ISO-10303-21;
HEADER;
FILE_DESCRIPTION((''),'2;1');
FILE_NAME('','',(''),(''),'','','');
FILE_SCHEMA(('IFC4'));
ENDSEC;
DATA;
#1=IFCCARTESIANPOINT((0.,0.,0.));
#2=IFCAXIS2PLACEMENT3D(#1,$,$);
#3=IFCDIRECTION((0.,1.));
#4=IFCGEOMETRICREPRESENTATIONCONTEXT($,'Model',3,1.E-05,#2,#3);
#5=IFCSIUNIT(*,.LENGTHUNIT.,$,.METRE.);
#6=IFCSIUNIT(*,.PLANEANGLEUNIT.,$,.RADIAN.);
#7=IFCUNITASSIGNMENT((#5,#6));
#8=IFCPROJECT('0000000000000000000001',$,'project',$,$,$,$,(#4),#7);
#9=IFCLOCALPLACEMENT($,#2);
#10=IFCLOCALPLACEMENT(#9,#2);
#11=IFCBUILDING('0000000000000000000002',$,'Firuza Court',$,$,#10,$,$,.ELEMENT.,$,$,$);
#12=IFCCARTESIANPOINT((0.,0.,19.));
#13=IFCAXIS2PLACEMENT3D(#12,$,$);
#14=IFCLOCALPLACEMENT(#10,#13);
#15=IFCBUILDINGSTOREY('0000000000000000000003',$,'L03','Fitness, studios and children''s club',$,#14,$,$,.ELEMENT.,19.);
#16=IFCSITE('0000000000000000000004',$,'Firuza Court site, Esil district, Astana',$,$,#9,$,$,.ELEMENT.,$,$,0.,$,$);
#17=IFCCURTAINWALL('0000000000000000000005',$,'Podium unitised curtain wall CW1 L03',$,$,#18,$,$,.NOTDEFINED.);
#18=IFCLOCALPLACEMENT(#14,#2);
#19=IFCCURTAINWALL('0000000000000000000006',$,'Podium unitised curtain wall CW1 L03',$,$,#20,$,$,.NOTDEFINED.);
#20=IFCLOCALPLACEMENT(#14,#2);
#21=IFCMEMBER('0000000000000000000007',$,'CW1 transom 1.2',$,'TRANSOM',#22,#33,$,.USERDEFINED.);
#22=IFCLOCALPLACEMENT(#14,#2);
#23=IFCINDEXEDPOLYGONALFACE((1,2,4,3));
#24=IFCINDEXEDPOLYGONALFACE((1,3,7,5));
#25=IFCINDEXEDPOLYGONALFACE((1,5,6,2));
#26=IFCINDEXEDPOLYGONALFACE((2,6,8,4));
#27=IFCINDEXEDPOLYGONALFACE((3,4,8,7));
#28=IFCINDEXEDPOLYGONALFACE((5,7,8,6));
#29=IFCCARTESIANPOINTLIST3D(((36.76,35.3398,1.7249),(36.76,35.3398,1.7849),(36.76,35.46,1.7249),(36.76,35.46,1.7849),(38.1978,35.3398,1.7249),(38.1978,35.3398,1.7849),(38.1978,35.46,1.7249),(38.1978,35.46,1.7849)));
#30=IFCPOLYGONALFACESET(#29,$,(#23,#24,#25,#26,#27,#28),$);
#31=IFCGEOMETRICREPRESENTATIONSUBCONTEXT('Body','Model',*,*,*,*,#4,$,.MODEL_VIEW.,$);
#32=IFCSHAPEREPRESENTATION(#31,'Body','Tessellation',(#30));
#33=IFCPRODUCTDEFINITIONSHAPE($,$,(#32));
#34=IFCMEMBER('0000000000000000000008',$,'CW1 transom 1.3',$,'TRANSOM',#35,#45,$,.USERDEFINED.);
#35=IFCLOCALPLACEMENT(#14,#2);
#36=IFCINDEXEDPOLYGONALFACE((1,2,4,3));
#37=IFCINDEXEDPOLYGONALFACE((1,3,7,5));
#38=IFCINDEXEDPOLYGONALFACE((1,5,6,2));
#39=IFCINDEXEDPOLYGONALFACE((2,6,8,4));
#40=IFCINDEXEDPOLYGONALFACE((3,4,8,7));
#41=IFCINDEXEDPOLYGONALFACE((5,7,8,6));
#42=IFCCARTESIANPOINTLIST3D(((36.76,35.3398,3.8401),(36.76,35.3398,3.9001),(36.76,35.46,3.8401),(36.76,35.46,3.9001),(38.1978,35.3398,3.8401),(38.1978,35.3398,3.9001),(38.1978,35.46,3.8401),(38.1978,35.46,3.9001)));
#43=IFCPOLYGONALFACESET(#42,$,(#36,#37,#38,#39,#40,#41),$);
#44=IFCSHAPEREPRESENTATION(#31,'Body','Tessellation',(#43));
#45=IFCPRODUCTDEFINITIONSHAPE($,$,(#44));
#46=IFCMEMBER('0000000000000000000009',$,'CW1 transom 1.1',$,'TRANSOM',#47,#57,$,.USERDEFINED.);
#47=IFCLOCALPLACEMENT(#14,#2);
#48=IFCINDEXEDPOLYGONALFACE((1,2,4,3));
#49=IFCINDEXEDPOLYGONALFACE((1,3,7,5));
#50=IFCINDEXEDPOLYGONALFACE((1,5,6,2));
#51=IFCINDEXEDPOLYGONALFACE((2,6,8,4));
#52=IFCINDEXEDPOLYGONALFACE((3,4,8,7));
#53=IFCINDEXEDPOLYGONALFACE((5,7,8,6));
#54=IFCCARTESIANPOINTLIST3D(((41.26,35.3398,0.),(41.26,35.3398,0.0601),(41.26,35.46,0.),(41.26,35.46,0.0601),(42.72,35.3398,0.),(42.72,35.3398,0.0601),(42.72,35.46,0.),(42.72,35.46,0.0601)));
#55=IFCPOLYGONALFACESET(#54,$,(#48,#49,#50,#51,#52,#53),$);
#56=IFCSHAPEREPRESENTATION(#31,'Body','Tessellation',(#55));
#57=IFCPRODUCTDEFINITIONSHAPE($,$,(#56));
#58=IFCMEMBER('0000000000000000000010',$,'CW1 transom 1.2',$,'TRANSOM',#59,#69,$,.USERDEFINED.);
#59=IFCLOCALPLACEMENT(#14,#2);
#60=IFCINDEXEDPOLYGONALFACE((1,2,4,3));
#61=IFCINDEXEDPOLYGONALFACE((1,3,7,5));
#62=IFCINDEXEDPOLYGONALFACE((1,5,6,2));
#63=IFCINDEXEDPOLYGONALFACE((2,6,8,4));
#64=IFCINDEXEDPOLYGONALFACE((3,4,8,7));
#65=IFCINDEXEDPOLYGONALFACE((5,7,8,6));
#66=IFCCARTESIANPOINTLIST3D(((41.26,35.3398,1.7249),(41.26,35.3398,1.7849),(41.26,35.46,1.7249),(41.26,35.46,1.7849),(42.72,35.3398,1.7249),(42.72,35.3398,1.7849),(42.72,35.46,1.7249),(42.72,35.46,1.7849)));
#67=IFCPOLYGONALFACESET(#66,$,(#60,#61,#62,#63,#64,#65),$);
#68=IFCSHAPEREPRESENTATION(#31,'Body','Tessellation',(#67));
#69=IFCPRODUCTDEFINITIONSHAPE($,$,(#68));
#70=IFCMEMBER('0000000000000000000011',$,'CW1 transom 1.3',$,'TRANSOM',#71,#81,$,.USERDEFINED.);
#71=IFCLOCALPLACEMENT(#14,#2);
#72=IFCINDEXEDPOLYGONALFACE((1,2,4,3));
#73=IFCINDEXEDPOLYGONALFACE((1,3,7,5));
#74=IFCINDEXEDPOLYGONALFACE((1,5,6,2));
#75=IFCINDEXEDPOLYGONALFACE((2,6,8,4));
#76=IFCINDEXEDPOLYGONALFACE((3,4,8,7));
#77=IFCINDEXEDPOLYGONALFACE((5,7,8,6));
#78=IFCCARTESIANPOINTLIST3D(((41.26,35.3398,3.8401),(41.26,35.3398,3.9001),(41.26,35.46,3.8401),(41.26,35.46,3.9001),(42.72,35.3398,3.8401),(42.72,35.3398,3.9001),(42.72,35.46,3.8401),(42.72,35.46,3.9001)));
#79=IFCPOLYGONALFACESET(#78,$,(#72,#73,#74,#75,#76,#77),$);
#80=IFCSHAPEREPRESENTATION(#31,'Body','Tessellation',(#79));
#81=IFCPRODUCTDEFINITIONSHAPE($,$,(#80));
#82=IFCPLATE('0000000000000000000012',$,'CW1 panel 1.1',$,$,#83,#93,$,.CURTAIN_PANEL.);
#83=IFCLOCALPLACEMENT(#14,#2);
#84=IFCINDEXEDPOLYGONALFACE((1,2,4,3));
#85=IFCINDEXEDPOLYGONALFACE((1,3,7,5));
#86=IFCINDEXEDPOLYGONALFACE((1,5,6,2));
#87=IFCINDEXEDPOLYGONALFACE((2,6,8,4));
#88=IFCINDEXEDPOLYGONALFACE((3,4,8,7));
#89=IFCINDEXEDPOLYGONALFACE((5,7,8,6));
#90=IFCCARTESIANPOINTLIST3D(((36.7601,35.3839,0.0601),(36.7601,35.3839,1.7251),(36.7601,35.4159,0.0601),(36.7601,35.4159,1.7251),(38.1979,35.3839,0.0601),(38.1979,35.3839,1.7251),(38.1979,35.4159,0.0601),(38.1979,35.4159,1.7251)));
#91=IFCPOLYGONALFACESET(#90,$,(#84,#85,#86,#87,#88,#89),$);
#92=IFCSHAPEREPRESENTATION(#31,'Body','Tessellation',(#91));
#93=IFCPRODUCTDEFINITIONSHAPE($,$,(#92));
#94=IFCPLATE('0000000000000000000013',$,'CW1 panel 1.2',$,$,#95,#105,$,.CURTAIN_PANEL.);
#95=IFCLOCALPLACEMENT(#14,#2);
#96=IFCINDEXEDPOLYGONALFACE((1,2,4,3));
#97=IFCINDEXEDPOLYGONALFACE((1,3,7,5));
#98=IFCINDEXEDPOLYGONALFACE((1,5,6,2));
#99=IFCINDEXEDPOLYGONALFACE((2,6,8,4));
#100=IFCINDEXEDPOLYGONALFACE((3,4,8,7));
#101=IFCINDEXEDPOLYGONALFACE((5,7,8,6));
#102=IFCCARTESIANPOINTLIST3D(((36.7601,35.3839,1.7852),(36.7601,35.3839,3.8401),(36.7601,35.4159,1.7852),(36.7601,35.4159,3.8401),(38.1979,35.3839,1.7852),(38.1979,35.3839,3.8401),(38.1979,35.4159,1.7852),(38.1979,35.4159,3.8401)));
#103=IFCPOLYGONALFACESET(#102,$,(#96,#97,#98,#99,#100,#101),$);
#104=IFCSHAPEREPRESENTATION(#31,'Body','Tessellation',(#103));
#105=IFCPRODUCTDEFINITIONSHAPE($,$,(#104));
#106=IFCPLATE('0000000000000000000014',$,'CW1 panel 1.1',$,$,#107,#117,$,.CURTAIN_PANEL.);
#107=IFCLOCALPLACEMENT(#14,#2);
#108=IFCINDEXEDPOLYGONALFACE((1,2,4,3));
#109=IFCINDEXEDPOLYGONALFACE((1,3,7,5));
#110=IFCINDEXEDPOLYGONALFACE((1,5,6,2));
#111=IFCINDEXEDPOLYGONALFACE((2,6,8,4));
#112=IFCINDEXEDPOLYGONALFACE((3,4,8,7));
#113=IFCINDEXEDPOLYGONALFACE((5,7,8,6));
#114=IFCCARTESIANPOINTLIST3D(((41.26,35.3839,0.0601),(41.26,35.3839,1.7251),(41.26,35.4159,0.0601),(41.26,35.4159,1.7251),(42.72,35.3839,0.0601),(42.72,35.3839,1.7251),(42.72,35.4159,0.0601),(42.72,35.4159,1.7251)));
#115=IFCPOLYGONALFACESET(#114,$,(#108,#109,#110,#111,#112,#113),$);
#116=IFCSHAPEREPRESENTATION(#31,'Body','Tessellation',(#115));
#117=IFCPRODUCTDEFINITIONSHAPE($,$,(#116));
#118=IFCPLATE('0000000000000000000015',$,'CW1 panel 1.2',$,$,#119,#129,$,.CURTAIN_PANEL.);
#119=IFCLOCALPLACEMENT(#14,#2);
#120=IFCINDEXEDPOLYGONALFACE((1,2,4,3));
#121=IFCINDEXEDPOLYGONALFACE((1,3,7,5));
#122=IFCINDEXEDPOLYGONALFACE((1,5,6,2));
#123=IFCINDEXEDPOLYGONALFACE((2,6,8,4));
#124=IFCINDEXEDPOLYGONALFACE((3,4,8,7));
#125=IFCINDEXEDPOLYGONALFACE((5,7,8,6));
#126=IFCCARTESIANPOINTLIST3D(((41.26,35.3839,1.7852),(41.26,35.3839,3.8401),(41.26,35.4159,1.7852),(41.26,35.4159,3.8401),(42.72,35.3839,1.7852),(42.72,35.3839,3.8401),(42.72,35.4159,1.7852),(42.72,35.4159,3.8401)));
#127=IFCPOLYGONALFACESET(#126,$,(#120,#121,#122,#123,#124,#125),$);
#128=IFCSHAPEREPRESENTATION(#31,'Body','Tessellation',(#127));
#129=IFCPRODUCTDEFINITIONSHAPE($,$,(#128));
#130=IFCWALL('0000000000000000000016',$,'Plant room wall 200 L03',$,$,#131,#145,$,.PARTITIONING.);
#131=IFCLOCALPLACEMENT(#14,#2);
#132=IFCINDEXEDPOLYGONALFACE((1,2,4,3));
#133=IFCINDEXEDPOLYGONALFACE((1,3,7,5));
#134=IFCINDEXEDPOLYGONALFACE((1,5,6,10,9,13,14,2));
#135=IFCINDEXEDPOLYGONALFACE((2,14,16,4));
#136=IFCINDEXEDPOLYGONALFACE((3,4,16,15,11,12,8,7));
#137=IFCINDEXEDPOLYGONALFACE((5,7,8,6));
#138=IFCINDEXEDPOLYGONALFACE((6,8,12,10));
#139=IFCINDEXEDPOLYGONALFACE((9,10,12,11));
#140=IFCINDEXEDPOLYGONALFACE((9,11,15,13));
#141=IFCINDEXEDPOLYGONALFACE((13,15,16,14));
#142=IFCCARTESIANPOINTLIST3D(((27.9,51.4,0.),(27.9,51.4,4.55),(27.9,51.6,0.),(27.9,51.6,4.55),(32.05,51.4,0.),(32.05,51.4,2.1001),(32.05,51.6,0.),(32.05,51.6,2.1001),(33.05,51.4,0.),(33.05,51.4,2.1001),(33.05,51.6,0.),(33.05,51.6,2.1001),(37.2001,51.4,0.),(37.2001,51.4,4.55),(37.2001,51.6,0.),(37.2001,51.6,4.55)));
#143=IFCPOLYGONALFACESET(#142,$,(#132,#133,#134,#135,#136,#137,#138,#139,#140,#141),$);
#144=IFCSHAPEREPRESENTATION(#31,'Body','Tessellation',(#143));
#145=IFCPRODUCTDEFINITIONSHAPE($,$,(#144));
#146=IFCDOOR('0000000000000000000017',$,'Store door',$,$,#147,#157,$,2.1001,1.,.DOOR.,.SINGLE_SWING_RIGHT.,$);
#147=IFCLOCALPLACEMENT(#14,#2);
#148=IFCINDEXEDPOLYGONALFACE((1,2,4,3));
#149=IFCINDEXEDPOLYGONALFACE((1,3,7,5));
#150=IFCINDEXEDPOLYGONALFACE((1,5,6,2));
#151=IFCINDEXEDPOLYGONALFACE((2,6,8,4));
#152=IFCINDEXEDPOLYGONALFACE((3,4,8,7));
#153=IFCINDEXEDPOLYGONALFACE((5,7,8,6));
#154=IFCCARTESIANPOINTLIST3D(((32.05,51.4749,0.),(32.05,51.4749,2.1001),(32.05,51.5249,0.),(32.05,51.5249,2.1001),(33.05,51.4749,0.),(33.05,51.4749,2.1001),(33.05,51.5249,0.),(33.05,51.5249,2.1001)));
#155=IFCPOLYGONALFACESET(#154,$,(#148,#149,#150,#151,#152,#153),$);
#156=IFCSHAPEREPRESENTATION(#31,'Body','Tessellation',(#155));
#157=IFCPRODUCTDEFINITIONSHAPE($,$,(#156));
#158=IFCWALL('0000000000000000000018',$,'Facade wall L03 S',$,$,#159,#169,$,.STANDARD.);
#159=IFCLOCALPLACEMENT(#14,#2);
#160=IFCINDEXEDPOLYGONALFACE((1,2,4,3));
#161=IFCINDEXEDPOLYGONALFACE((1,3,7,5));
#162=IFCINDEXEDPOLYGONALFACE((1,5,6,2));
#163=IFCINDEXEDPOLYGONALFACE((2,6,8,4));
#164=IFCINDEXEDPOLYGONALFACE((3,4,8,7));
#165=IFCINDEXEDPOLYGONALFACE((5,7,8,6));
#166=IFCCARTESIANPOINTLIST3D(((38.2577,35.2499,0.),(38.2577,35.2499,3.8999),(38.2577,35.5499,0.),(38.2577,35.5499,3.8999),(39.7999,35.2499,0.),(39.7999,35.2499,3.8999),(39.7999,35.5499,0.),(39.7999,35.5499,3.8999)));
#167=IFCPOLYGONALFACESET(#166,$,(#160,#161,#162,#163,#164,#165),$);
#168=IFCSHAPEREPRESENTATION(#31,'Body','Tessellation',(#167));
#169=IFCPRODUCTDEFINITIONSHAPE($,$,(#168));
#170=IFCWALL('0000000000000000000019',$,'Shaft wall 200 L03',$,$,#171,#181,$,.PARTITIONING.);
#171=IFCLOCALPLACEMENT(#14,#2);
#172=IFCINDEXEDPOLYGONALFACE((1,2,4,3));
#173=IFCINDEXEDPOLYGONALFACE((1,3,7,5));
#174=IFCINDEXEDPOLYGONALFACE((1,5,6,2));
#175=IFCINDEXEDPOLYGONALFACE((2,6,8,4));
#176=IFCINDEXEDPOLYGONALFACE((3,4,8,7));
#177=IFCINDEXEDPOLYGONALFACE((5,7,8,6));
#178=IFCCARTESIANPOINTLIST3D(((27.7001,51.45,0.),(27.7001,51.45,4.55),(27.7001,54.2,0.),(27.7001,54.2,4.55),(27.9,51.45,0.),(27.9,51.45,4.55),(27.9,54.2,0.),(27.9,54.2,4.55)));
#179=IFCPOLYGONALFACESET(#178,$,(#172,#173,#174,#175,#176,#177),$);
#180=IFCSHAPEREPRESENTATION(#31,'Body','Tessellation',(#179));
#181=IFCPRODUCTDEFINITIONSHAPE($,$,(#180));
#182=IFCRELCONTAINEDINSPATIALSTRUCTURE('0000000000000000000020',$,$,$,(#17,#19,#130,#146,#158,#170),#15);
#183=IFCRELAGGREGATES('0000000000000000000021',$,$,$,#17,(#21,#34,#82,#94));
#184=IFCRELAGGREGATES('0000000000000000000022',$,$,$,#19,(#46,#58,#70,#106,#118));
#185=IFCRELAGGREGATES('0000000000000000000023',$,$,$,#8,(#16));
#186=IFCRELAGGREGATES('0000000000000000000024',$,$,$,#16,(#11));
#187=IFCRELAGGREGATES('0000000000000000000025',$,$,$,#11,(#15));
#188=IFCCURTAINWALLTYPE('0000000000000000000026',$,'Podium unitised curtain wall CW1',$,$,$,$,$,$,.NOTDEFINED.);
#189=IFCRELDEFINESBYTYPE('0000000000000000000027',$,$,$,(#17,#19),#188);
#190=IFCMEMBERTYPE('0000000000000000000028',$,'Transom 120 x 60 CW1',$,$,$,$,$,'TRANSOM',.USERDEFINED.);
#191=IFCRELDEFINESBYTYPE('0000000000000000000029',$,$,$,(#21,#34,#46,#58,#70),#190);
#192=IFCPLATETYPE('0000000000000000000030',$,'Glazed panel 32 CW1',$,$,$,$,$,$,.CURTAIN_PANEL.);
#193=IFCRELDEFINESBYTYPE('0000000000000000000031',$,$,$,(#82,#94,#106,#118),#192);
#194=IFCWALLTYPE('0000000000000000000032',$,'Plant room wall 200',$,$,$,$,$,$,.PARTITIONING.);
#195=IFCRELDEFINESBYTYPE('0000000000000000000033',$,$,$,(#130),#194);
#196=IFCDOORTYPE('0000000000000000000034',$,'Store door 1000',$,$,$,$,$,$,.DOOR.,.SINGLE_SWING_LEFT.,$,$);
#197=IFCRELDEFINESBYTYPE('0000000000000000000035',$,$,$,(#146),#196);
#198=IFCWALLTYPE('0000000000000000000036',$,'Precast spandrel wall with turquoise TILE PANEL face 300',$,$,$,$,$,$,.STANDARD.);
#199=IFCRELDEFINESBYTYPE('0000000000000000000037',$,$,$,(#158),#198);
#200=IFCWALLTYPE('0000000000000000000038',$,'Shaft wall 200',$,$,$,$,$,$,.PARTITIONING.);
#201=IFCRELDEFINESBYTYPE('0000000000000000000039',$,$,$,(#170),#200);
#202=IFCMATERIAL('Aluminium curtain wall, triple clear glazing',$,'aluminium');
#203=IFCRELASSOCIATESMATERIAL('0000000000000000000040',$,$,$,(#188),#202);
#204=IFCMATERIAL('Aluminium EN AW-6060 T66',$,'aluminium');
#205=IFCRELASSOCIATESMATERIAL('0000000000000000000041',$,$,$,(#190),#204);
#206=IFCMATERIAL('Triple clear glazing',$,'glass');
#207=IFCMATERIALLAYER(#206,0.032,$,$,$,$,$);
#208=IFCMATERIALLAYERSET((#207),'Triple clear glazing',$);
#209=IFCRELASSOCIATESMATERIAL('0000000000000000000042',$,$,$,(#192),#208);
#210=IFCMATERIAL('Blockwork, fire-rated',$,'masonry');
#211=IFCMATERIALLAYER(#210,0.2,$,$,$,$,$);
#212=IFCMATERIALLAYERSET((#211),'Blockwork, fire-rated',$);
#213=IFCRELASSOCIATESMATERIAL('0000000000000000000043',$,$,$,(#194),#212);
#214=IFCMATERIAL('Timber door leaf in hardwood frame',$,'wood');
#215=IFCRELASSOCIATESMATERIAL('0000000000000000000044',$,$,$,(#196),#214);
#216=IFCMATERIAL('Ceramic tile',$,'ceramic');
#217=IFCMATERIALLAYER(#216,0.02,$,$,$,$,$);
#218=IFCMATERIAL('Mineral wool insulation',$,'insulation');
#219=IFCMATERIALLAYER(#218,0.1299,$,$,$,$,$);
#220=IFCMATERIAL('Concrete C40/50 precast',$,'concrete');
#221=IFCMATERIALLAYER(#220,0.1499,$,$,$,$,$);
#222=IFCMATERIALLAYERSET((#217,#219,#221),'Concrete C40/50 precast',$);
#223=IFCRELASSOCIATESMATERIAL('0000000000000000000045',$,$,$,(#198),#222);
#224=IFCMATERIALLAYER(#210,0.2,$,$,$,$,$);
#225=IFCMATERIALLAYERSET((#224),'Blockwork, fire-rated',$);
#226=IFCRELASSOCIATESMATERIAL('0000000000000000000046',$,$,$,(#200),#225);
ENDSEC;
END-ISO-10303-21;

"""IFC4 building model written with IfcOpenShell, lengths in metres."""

from ifc_helpers import new_model, si_unit, direction, frame, frame_2d, origin, origin_2d, place, context, subcontext, project, spatial, rectangle, extrude, material, layer, layer_set, material_profile, profile_set, type_object, element, fill, aggregate, save


model = new_model("IFC4")

# Units and contexts
model_context = context("Model", 3, precision=1e-05, world=origin(), true_north=direction((0.0, 1.0)))
body_context = subcontext(model_context, "Body", "Model", "MODEL_VIEW")
ifc_project = project(units=[si_unit("LENGTHUNIT", "METRE"), si_unit("PLANEANGLEUNIT", "RADIAN")], contexts=[model_context])

# Site, building, storey
site_placement = place(None, origin())
site = spatial("IfcSite", under=ifc_project, at=site_placement, Name="Firuza Court site, Esil district, Astana", CompositionType="ELEMENT", RefElevation=0.0)
building_placement = place(site_placement, origin())
building = spatial("IfcBuilding", under=site, at=building_placement, Name="Firuza Court", CompositionType="ELEMENT")
storey_placement = place(building_placement, frame((0.0, 0.0, 19.0)))
storey = spatial("IfcBuildingStorey", under=building, at=storey_placement, Name="L03", Description="Fitness, studios and children's club", CompositionType="ELEMENT", Elevation=19.0)

# Shared definitions
ifc_material_1 = material(Name="Aluminium curtain wall, triple clear glazing", Category="aluminium")
curtain_wall_type = type_object("IfcCurtainWallType", Name="Podium unitised curtain wall CW1", PredefinedType="NOTDEFINED", material=ifc_material_1)

# Curtain wall
curtain_wall_1_placement = place(storey_placement, origin())
curtain_wall_1 = element("IfcCurtainWall", 1, at=curtain_wall_1_placement, inside=storey, type_object=curtain_wall_type, Name="Podium unitised curtain wall CW1 L03", PredefinedType="NOTDEFINED")

# Curtain wall
curtain_wall_2_placement = place(storey_placement, origin())
curtain_wall_2 = element("IfcCurtainWall", 2, at=curtain_wall_2_placement, inside=storey, type_object=curtain_wall_type, Name="Podium unitised curtain wall CW1 L03", PredefinedType="NOTDEFINED")

# Members
ifc_material_2 = material(Name="Aluminium EN AW-6060 T66", Category="aluminium")
ifc_material_profile_1 = material_profile(ifc_material_2, rectangle(XDim=0.1201, YDim=0.0601, at=origin_2d()), Name="Transom 120 x 60 CW1")
ifc_profile_set_1 = profile_set([ifc_material_profile_1], Name="Aluminium EN AW-6060 T66")
member_type_1 = type_object("IfcMemberType", Name="Transom 120 x 60 CW1", ElementType="TRANSOM", PredefinedType="USERDEFINED", material=ifc_profile_set_1)
member_1_placement = place(storey_placement, frame((36.76, 35.3999, 1.7549), z_axis=(1.0, 0.0, 0.0), x_axis=(0.0, 1.0, 0.0)))
member_1 = element("IfcMember", 3, at=member_1_placement, type_object=member_type_1, Name="CW1 transom 1.2", ObjectType="TRANSOM", PredefinedType="USERDEFINED", context=body_context, shape_type="SweptSolid", body=[
    extrude(rectangle(XDim=0.1201, YDim=0.0601, at=origin_2d()), origin(), (0.0, 0.0, 1.0), 1.4377),
])
member_2_placement = place(storey_placement, frame((36.76, 35.3999, 3.8701), z_axis=(1.0, 0.0, 0.0), x_axis=(0.0, 1.0, 0.0)))
member_2 = element("IfcMember", 4, at=member_2_placement, type_object=member_type_1, Name="CW1 transom 1.3", ObjectType="TRANSOM", PredefinedType="USERDEFINED", context=body_context, shape_type="SweptSolid", body=[
    extrude(rectangle(XDim=0.1201, YDim=0.0601, at=origin_2d()), origin(), (0.0, 0.0, 1.0), 1.4377),
])
member_3_placement = place(storey_placement, frame((41.26, 35.3999, 0.03), z_axis=(1.0, 0.0, 0.0), x_axis=(0.0, 1.0, 0.0)))
member_3 = element("IfcMember", 5, at=member_3_placement, type_object=member_type_1, Name="CW1 transom 1.1", ObjectType="TRANSOM", PredefinedType="USERDEFINED", context=body_context, shape_type="SweptSolid", body=[
    extrude(rectangle(XDim=0.1201, YDim=0.0601, at=origin_2d()), origin(), (0.0, 0.0, 1.0), 1.46),
])
member_4_placement = place(storey_placement, frame((41.26, 35.3999, 1.7549), z_axis=(1.0, 0.0, 0.0), x_axis=(0.0, 1.0, 0.0)))
member_4 = element("IfcMember", 6, at=member_4_placement, type_object=member_type_1, Name="CW1 transom 1.2", ObjectType="TRANSOM", PredefinedType="USERDEFINED", context=body_context, shape_type="SweptSolid", body=[
    extrude(rectangle(XDim=0.1201, YDim=0.0601, at=origin_2d()), origin(), (0.0, 0.0, 1.0), 1.46),
])
member_5_placement = place(storey_placement, frame((41.26, 35.3999, 3.8701), z_axis=(1.0, 0.0, 0.0), x_axis=(0.0, 1.0, 0.0)))
member_5 = element("IfcMember", 7, at=member_5_placement, type_object=member_type_1, Name="CW1 transom 1.3", ObjectType="TRANSOM", PredefinedType="USERDEFINED", context=body_context, shape_type="SweptSolid", body=[
    extrude(rectangle(XDim=0.1201, YDim=0.0601, at=origin_2d()), origin(), (0.0, 0.0, 1.0), 1.46),
])

# Plates
ifc_material_3 = material(Name="Triple clear glazing", Category="glass")
ifc_layer_1 = layer(ifc_material_3, 0.032)
ifc_layer_set_1 = layer_set([ifc_layer_1], Name="Triple clear glazing")
plate_type = type_object("IfcPlateType", Name="Glazed panel 32 CW1", PredefinedType="CURTAIN_PANEL", material=ifc_layer_set_1)
plate_1_placement = place(storey_placement, frame((37.479, 35.3999, 0.0601), z_axis=(0.0, 0.0, 1.0), x_axis=(1.0, 0.0, 0.0)))
plate_1 = element("IfcPlate", 8, at=plate_1_placement, type_object=plate_type, Name="CW1 panel 1.1", PredefinedType="CURTAIN_PANEL", context=body_context, shape_type="SweptSolid", body=[
    extrude(rectangle(XDim=1.4377, YDim=0.032, at=origin_2d()), origin(), (0.0, 0.0, 1.0), 1.665),
])
plate_2_placement = place(storey_placement, frame((37.479, 35.3999, 1.7852), z_axis=(0.0, 0.0, 1.0), x_axis=(1.0, 0.0, 0.0)))
plate_2 = element("IfcPlate", 9, at=plate_2_placement, type_object=plate_type, Name="CW1 panel 1.2", PredefinedType="CURTAIN_PANEL", context=body_context, shape_type="SweptSolid", body=[
    extrude(rectangle(XDim=1.4377, YDim=0.032, at=origin_2d()), origin(), (0.0, 0.0, 1.0), 2.0549),
])
aggregate(curtain_wall_1, [member_1, member_2, plate_1, plate_2])
plate_3_placement = place(storey_placement, frame((41.99, 35.3999, 0.0601), z_axis=(0.0, 0.0, 1.0), x_axis=(1.0, 0.0, 0.0)))
plate_3 = element("IfcPlate", 10, at=plate_3_placement, type_object=plate_type, Name="CW1 panel 1.1", PredefinedType="CURTAIN_PANEL", context=body_context, shape_type="SweptSolid", body=[
    extrude(rectangle(XDim=1.46, YDim=0.032, at=origin_2d()), origin(), (0.0, 0.0, 1.0), 1.665),
])
plate_4_placement = place(storey_placement, frame((41.99, 35.3999, 1.7852), z_axis=(0.0, 0.0, 1.0), x_axis=(1.0, 0.0, 0.0)))
plate_4 = element("IfcPlate", 11, at=plate_4_placement, type_object=plate_type, Name="CW1 panel 1.2", PredefinedType="CURTAIN_PANEL", context=body_context, shape_type="SweptSolid", body=[
    extrude(rectangle(XDim=1.46, YDim=0.032, at=origin_2d()), origin(), (0.0, 0.0, 1.0), 2.0549),
])
aggregate(curtain_wall_2, [member_3, member_4, member_5, plate_3, plate_4])

# Wall, opening, door
ifc_material_4 = material(Name="Blockwork, fire-rated", Category="masonry")
ifc_layer_2 = layer(ifc_material_4, 0.2)
ifc_layer_set_2 = layer_set([ifc_layer_2], Name="Blockwork, fire-rated")
wall_type_1 = type_object("IfcWallType", Name="Plant room wall 200", PredefinedType="PARTITIONING", material=ifc_layer_set_2)
wall_1_placement = place(storey_placement, frame((37.2, 51.5, 0.0), z_axis=(0.0, 0.0, 1.0), x_axis=(-1.0, 0.0, 0.0)))
wall_1 = element("IfcWall", 12, at=wall_1_placement, inside=storey, type_object=wall_type_1, Name="Plant room wall 200 L03", PredefinedType="PARTITIONING", context=body_context, shape_type="SweptSolid", body=[
    extrude(rectangle(XDim=9.3, YDim=0.2, at=frame_2d((4.6499, 0.0))), origin(), (0.0, 0.0, 1.0), 4.55),
])
opening_1_placement = place(wall_1_placement, frame((4.1499, 0.0, 0.0)))
opening_1 = element("IfcOpeningElement", 13, at=opening_1_placement, cuts=wall_1, PredefinedType="OPENING", context=body_context, shape_type="SweptSolid", body=[
    extrude(rectangle(XDim=1.0, YDim=2.1001, at=frame_2d((0.5, 1.05))), frame((0.0, 0.1118, 0.0), z_axis=(0.0, -1.0, 0.0), x_axis=(1.0, 0.0, 0.0)), (0.0, 0.0, 1.0), 0.2239),
])
ifc_material_5 = material(Name="Timber door leaf in hardwood frame", Category="wood")
door_type_1 = type_object("IfcDoorType", Name="Store door 1000", OperationType="SINGLE_SWING_LEFT", PredefinedType="DOOR", material=ifc_material_5)
door_1_placement = place(opening_1_placement, frame((1.0, 0.0, 0.0), z_axis=(0.0, 0.0, 1.0), x_axis=(-1.0, 0.0, 0.0)))
door_1 = element("IfcDoor", 14, at=door_1_placement, inside=storey, type_object=door_type_1, Name="Store door", OperationType="SINGLE_SWING_RIGHT", OverallHeight=2.1001, OverallWidth=1.0, PredefinedType="DOOR", context=body_context, shape_type="SweptSolid", body=[
    extrude(rectangle(XDim=1.0, YDim=2.1001, at=frame_2d((0.5, 1.05))), frame((0.0, 0.0249, 0.0), z_axis=(0.0, -1.0, 0.0), x_axis=(1.0, 0.0, 0.0)), (0.0, 0.0, 1.0), 0.05),
])
fill(opening_1, door_1)

# Walls
ifc_material_6 = material(Name="Ceramic tile", Category="ceramic")
ifc_layer_3 = layer(ifc_material_6, 0.02)
ifc_material_7 = material(Name="Mineral wool insulation", Category="insulation")
ifc_layer_4 = layer(ifc_material_7, 0.1299)
ifc_material_8 = material(Name="Concrete C40/50 precast", Category="concrete")
ifc_layer_5 = layer(ifc_material_8, 0.1499)
ifc_layer_set_3 = layer_set([ifc_layer_3, ifc_layer_4, ifc_layer_5], Name="Concrete C40/50 precast")
wall_type_2 = type_object("IfcWallType", Name="Precast spandrel wall with turquoise TILE PANEL face 300", PredefinedType="STANDARD", material=ifc_layer_set_3)
wall_2_placement = place(storey_placement, frame((38.2578, 35.3999, 0.0), z_axis=(0.0, 0.0, 1.0), x_axis=(1.0, 0.0, 0.0)))
element("IfcWall", 15, at=wall_2_placement, inside=storey, type_object=wall_type_2, Name="Facade wall L03 S", PredefinedType="STANDARD", context=body_context, shape_type="SweptSolid", body=[
    extrude(rectangle(XDim=1.5422, YDim=0.3, at=frame_2d((0.771, 0.0))), origin(), (0.0, 0.0, 1.0), 3.8999),
])
ifc_layer_6 = layer(ifc_material_4, 0.2)
ifc_layer_set_4 = layer_set([ifc_layer_6], Name="Blockwork, fire-rated")
wall_type_3 = type_object("IfcWallType", Name="Shaft wall 200", PredefinedType="PARTITIONING", material=ifc_layer_set_4)
wall_3_placement = place(storey_placement, frame((27.8, 51.45, 0.0), z_axis=(0.0, 0.0, 1.0), x_axis=(0.0, 1.0, 0.0)))
element("IfcWall", 16, at=wall_3_placement, inside=storey, type_object=wall_type_3, Name="Shaft wall 200 L03", PredefinedType="PARTITIONING", context=body_context, shape_type="SweptSolid", body=[
    extrude(rectangle(XDim=2.75, YDim=0.2, at=frame_2d((1.375, 0.0))), origin(), (0.0, 0.0, 1.0), 4.55),
])

save(model, "model.ifc")
